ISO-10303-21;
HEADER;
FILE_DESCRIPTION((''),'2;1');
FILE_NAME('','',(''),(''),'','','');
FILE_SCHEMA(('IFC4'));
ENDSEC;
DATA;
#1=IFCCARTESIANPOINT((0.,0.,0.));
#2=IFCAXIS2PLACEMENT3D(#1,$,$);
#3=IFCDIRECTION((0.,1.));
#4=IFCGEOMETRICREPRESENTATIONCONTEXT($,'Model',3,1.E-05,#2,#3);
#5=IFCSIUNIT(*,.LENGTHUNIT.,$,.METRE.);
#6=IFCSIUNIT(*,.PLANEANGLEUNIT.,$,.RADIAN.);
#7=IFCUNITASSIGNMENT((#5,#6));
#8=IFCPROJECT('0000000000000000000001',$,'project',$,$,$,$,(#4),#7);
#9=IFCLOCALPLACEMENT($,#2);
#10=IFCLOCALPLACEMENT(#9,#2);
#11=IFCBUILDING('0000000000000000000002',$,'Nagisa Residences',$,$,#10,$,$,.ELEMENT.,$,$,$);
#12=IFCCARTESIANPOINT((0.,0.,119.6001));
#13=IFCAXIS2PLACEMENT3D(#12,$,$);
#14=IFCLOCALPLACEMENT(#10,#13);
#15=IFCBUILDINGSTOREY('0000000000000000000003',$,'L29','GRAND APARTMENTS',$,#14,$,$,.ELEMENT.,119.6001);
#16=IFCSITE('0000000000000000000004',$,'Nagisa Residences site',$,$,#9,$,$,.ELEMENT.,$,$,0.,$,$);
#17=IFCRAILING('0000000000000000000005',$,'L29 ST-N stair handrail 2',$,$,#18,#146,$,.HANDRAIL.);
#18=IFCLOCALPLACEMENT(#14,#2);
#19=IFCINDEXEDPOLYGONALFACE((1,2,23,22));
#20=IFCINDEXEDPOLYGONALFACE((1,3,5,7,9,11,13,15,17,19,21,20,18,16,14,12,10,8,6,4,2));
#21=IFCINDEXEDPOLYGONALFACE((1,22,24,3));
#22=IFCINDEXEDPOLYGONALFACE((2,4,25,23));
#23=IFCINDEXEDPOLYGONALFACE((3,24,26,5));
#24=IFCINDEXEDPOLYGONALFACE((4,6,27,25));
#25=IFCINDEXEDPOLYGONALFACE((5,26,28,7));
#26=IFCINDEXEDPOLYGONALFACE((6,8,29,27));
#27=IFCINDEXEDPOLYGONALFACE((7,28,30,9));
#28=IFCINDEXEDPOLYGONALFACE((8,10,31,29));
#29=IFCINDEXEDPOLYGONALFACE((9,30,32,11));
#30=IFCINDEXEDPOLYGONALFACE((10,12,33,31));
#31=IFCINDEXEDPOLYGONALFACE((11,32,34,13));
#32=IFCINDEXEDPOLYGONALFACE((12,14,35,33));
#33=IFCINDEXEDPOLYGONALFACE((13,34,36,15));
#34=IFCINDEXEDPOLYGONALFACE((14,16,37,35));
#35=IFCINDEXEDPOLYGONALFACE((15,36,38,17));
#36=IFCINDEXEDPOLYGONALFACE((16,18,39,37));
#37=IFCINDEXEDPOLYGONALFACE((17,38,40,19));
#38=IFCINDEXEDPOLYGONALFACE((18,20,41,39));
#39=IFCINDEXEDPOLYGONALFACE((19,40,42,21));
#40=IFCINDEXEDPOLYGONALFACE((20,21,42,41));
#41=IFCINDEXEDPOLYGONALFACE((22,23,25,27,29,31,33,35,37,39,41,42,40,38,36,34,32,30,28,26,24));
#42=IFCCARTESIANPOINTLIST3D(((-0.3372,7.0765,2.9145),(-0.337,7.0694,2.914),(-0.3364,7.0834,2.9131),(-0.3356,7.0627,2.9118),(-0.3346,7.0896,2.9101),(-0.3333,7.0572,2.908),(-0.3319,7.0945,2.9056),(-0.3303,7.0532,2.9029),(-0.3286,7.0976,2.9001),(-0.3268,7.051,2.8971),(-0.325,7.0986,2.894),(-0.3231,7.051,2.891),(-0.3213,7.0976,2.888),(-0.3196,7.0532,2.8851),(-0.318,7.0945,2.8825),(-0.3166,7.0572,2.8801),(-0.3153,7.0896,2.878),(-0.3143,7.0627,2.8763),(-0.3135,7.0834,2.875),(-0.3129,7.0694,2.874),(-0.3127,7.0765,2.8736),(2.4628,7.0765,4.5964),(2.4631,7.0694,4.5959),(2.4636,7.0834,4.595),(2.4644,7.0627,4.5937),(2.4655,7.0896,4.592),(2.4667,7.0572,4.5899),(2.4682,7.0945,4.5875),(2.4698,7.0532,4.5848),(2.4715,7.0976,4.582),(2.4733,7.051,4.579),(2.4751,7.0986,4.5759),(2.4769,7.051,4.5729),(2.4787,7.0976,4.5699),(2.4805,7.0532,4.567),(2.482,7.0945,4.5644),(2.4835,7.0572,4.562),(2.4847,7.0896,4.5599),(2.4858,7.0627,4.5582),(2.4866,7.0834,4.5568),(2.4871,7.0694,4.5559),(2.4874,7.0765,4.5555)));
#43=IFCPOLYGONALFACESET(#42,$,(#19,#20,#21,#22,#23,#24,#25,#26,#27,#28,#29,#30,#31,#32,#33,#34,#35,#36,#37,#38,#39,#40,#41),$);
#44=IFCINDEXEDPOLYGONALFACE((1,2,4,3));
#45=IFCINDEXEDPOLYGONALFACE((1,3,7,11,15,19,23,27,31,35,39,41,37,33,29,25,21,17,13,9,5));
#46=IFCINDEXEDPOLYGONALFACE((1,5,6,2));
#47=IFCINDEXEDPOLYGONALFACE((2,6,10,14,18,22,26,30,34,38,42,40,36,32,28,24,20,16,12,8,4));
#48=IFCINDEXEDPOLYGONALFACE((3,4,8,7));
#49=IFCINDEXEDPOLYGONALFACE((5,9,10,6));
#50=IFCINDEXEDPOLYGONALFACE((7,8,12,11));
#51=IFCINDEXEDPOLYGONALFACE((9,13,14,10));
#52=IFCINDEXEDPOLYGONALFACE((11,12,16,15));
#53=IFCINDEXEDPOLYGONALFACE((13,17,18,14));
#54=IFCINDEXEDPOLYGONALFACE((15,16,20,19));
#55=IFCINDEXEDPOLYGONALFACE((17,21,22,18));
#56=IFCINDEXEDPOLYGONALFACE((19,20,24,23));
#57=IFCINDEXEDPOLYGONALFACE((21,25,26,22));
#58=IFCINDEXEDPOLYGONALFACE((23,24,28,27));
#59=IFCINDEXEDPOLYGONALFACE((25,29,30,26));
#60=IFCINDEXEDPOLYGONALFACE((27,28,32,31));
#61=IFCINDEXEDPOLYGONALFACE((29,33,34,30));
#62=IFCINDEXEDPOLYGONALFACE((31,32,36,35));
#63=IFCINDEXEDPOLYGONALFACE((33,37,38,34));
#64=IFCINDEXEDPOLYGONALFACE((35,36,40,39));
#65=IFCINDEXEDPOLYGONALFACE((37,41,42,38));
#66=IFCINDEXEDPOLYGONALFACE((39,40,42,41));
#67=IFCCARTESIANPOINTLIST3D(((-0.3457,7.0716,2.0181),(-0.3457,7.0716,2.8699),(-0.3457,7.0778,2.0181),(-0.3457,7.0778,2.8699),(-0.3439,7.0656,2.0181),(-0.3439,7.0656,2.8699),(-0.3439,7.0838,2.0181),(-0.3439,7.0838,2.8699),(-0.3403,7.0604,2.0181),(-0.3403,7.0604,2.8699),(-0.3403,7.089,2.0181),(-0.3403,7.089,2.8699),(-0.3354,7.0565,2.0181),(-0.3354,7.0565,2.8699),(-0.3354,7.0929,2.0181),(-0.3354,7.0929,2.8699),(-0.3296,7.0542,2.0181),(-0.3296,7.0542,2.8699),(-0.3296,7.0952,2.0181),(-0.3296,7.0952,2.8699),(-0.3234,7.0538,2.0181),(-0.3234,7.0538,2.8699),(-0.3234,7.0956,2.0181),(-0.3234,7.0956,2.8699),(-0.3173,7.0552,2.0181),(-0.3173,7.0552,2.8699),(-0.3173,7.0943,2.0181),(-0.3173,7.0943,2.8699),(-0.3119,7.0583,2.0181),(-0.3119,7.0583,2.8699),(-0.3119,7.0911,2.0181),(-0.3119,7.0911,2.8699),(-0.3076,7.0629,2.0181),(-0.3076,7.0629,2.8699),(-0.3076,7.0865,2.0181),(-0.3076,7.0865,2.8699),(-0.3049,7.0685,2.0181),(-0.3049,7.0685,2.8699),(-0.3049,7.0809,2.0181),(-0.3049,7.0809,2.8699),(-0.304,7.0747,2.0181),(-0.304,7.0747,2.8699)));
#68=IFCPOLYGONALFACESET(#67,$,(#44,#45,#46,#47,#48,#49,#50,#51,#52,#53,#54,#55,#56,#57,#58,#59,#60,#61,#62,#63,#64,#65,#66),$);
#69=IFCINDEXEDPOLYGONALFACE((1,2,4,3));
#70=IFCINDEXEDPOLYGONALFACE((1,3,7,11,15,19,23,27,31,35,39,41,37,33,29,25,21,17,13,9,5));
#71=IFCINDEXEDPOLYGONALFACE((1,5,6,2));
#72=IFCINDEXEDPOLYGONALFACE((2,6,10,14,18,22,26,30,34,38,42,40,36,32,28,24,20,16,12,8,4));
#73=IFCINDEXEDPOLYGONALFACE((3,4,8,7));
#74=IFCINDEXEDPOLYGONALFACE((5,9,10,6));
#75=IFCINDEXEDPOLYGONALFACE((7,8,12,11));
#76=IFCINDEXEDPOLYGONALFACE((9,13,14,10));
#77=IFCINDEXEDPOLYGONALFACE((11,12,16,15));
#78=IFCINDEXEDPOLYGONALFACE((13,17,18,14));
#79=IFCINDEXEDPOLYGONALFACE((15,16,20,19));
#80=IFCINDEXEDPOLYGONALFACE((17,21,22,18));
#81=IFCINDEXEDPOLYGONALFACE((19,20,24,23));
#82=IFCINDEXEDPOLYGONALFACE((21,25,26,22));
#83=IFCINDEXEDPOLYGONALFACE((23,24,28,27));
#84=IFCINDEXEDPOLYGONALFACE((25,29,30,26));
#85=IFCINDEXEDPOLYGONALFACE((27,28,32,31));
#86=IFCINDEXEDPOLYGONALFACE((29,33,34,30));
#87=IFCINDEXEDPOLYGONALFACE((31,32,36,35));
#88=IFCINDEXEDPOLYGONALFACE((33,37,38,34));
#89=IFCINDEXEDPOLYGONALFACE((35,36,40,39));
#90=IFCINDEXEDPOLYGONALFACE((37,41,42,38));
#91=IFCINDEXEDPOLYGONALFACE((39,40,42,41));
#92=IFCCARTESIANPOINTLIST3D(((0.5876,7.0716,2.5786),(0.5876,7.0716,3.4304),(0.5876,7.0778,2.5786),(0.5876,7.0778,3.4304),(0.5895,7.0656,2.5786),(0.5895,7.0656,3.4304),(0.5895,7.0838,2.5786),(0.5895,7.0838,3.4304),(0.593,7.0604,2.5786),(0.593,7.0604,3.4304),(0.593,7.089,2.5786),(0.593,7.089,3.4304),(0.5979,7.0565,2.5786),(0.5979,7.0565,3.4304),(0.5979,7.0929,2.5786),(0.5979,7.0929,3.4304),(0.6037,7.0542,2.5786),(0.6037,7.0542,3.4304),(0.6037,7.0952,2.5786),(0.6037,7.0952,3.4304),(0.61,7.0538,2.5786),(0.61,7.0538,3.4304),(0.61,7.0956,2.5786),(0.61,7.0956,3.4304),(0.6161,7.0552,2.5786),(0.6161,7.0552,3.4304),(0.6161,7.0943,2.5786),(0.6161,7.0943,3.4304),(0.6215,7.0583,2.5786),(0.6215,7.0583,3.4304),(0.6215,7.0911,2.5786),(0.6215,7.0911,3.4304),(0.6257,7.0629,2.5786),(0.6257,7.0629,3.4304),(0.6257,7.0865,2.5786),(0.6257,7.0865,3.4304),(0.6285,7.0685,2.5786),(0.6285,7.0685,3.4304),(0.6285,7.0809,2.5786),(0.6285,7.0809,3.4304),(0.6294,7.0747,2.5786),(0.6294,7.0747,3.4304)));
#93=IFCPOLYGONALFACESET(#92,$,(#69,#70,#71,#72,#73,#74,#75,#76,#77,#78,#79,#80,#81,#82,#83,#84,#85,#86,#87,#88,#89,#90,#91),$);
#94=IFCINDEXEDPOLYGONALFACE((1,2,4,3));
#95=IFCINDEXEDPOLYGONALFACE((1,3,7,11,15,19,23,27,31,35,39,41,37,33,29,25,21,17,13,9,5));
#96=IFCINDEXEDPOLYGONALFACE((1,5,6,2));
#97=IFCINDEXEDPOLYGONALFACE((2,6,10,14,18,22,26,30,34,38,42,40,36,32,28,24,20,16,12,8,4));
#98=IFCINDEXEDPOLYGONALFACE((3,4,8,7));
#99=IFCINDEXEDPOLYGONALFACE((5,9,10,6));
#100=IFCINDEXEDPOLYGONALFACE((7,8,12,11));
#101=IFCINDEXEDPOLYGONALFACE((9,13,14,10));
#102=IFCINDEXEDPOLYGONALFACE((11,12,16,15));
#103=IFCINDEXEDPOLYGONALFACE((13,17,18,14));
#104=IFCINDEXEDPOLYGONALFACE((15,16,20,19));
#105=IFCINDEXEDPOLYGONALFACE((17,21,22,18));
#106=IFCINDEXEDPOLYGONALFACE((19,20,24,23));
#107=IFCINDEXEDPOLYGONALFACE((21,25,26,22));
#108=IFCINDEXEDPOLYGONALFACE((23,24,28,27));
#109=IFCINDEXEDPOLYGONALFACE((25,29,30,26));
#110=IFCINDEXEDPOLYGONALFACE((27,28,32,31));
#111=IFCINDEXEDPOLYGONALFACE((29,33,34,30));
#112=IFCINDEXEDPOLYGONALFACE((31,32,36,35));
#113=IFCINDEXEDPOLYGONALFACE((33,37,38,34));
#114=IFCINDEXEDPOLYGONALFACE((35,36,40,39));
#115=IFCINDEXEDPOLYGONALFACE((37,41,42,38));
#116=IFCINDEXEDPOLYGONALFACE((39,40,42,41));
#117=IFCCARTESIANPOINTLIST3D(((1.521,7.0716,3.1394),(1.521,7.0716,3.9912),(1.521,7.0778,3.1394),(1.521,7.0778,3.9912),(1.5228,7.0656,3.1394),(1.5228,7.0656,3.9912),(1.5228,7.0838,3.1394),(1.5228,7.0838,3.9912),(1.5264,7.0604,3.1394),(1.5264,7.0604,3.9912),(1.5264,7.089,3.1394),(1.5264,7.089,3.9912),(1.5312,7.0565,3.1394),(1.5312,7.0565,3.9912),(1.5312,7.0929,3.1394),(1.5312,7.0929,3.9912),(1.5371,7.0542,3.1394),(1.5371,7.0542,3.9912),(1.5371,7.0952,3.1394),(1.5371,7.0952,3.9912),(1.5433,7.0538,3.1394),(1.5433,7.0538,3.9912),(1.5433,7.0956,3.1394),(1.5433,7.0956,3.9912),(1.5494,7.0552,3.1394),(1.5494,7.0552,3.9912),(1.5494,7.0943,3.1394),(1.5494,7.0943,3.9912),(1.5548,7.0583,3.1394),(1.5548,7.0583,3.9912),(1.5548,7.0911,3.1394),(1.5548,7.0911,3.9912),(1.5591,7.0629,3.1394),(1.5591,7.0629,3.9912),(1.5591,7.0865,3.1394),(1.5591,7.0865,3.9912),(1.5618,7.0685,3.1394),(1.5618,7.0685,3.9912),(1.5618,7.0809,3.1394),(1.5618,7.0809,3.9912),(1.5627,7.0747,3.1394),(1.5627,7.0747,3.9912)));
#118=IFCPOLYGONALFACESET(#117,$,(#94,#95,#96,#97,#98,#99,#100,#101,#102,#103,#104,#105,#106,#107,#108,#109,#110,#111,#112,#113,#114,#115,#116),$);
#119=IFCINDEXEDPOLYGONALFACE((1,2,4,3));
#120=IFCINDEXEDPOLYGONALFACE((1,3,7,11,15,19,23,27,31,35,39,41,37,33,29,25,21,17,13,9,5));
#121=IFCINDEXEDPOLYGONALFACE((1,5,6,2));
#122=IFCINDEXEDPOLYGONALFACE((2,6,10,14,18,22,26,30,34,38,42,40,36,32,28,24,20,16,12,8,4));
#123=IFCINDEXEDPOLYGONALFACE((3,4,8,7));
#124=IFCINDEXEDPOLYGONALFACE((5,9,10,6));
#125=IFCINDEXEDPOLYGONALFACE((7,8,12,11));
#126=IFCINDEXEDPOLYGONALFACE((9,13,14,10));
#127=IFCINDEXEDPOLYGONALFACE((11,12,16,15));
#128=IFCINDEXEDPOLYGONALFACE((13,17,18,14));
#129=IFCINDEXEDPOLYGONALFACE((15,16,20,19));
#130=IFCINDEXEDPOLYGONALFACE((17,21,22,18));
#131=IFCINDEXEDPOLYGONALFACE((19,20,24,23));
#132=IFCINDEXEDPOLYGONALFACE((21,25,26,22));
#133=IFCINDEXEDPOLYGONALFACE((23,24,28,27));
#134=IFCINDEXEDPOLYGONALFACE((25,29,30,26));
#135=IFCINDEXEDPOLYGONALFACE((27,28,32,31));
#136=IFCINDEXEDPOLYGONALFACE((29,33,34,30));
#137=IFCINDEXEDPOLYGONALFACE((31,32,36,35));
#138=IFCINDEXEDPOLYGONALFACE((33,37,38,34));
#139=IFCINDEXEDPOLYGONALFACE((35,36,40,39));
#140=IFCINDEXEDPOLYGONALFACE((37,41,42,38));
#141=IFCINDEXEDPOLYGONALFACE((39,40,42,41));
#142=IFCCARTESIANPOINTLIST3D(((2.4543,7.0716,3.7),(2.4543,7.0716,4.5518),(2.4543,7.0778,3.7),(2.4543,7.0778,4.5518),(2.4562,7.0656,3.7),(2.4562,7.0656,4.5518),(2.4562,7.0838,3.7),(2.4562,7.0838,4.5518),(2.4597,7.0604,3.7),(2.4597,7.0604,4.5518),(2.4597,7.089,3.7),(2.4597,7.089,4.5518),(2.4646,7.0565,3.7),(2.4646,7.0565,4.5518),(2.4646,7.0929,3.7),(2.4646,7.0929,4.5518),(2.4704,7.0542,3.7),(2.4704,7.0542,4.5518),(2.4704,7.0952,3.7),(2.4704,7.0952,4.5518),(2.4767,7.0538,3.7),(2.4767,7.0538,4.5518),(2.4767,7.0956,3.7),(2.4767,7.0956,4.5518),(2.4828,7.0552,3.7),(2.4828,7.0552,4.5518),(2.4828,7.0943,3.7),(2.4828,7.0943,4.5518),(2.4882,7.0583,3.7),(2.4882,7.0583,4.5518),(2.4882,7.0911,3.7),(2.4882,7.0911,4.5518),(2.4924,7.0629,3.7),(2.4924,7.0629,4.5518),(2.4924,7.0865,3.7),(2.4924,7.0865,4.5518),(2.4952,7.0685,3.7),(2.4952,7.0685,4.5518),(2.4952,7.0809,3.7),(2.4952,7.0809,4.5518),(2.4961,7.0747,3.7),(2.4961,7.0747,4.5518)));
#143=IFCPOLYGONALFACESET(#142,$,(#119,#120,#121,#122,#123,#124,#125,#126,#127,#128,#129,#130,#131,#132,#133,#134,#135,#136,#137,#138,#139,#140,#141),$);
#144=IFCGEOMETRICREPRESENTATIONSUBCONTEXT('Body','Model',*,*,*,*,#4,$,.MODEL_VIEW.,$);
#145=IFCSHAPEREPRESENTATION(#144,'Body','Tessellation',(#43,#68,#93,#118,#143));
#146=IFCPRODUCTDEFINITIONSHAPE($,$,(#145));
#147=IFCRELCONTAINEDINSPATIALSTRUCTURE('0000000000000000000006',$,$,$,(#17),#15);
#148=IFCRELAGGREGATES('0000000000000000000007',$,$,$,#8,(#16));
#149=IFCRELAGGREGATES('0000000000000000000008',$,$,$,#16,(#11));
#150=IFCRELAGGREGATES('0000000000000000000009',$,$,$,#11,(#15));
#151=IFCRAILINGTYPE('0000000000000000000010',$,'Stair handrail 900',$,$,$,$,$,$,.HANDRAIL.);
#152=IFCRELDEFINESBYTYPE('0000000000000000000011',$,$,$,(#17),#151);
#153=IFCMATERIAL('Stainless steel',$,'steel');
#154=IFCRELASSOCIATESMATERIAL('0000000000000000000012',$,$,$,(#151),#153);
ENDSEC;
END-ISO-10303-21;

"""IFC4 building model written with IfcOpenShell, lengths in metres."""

from ifc_helpers import new_model, si_unit, direction, frame, origin, origin_2d, place, context, subcontext, project, spatial, circle, extrude, material, type_object, element, save


model = new_model("IFC4")

# Units and contexts
model_context = context("Model", 3, precision=1e-05, world=origin(), true_north=direction((0.0, 1.0)))
body_context = subcontext(model_context, "Body", "Model", "MODEL_VIEW")
ifc_project = project(units=[si_unit("LENGTHUNIT", "METRE"), si_unit("PLANEANGLEUNIT", "RADIAN")], contexts=[model_context])

# Site, building, storey
site_placement = place(None, origin())
site = spatial("IfcSite", under=ifc_project, at=site_placement, Name="Nagisa Residences site", CompositionType="ELEMENT", RefElevation=0.0)
building_placement = place(site_placement, origin())
building = spatial("IfcBuilding", under=site, at=building_placement, Name="Nagisa Residences", CompositionType="ELEMENT")
storey_placement = place(building_placement, frame((0.0, 0.0, 119.6001)))
storey = spatial("IfcBuildingStorey", under=building, at=storey_placement, Name="L29", Description="GRAND APARTMENTS", CompositionType="ELEMENT", Elevation=119.6001)

# Railing
ifc_material_1 = material(Name="Stainless steel", Category="steel")
railing_type = type_object("IfcRailingType", Name="Stair handrail 900", PredefinedType="HANDRAIL", material=ifc_material_1)
railing_placement = place(storey_placement, frame((-0.325, 7.0747, 2.0181)))
element("IfcRailing", 1, at=railing_placement, inside=storey, type_object=railing_type, Name="L29 ST-N stair handrail 2", PredefinedType="HANDRAIL", context=body_context, shape_type="SweptSolid", body=[
    extrude(circle(Radius=0.0239, at=origin_2d()), frame((0.0, 0.0, 0.876), z_axis=(0.857242, 0.0, 0.514913), x_axis=(0.0, 1.0, 0.0)), (0.0, 0.0, 1.0), 3.2664),
    extrude(circle(Radius=0.021, at=origin_2d()), origin(), (0.0, 0.0, 1.0), 0.8518),
    extrude(circle(Radius=0.021, at=origin_2d()), frame((0.9333, 0.0, 0.5605)), (0.0, 0.0, 1.0), 0.8518),
    extrude(circle(Radius=0.021, at=origin_2d()), frame((1.8667, 0.0, 1.1213)), (0.0, 0.0, 1.0), 0.8518),
    extrude(circle(Radius=0.021, at=origin_2d()), frame((2.8, 0.0, 1.6819)), (0.0, 0.0, 1.0), 0.8518),
])

save(model, "model.ifc")
